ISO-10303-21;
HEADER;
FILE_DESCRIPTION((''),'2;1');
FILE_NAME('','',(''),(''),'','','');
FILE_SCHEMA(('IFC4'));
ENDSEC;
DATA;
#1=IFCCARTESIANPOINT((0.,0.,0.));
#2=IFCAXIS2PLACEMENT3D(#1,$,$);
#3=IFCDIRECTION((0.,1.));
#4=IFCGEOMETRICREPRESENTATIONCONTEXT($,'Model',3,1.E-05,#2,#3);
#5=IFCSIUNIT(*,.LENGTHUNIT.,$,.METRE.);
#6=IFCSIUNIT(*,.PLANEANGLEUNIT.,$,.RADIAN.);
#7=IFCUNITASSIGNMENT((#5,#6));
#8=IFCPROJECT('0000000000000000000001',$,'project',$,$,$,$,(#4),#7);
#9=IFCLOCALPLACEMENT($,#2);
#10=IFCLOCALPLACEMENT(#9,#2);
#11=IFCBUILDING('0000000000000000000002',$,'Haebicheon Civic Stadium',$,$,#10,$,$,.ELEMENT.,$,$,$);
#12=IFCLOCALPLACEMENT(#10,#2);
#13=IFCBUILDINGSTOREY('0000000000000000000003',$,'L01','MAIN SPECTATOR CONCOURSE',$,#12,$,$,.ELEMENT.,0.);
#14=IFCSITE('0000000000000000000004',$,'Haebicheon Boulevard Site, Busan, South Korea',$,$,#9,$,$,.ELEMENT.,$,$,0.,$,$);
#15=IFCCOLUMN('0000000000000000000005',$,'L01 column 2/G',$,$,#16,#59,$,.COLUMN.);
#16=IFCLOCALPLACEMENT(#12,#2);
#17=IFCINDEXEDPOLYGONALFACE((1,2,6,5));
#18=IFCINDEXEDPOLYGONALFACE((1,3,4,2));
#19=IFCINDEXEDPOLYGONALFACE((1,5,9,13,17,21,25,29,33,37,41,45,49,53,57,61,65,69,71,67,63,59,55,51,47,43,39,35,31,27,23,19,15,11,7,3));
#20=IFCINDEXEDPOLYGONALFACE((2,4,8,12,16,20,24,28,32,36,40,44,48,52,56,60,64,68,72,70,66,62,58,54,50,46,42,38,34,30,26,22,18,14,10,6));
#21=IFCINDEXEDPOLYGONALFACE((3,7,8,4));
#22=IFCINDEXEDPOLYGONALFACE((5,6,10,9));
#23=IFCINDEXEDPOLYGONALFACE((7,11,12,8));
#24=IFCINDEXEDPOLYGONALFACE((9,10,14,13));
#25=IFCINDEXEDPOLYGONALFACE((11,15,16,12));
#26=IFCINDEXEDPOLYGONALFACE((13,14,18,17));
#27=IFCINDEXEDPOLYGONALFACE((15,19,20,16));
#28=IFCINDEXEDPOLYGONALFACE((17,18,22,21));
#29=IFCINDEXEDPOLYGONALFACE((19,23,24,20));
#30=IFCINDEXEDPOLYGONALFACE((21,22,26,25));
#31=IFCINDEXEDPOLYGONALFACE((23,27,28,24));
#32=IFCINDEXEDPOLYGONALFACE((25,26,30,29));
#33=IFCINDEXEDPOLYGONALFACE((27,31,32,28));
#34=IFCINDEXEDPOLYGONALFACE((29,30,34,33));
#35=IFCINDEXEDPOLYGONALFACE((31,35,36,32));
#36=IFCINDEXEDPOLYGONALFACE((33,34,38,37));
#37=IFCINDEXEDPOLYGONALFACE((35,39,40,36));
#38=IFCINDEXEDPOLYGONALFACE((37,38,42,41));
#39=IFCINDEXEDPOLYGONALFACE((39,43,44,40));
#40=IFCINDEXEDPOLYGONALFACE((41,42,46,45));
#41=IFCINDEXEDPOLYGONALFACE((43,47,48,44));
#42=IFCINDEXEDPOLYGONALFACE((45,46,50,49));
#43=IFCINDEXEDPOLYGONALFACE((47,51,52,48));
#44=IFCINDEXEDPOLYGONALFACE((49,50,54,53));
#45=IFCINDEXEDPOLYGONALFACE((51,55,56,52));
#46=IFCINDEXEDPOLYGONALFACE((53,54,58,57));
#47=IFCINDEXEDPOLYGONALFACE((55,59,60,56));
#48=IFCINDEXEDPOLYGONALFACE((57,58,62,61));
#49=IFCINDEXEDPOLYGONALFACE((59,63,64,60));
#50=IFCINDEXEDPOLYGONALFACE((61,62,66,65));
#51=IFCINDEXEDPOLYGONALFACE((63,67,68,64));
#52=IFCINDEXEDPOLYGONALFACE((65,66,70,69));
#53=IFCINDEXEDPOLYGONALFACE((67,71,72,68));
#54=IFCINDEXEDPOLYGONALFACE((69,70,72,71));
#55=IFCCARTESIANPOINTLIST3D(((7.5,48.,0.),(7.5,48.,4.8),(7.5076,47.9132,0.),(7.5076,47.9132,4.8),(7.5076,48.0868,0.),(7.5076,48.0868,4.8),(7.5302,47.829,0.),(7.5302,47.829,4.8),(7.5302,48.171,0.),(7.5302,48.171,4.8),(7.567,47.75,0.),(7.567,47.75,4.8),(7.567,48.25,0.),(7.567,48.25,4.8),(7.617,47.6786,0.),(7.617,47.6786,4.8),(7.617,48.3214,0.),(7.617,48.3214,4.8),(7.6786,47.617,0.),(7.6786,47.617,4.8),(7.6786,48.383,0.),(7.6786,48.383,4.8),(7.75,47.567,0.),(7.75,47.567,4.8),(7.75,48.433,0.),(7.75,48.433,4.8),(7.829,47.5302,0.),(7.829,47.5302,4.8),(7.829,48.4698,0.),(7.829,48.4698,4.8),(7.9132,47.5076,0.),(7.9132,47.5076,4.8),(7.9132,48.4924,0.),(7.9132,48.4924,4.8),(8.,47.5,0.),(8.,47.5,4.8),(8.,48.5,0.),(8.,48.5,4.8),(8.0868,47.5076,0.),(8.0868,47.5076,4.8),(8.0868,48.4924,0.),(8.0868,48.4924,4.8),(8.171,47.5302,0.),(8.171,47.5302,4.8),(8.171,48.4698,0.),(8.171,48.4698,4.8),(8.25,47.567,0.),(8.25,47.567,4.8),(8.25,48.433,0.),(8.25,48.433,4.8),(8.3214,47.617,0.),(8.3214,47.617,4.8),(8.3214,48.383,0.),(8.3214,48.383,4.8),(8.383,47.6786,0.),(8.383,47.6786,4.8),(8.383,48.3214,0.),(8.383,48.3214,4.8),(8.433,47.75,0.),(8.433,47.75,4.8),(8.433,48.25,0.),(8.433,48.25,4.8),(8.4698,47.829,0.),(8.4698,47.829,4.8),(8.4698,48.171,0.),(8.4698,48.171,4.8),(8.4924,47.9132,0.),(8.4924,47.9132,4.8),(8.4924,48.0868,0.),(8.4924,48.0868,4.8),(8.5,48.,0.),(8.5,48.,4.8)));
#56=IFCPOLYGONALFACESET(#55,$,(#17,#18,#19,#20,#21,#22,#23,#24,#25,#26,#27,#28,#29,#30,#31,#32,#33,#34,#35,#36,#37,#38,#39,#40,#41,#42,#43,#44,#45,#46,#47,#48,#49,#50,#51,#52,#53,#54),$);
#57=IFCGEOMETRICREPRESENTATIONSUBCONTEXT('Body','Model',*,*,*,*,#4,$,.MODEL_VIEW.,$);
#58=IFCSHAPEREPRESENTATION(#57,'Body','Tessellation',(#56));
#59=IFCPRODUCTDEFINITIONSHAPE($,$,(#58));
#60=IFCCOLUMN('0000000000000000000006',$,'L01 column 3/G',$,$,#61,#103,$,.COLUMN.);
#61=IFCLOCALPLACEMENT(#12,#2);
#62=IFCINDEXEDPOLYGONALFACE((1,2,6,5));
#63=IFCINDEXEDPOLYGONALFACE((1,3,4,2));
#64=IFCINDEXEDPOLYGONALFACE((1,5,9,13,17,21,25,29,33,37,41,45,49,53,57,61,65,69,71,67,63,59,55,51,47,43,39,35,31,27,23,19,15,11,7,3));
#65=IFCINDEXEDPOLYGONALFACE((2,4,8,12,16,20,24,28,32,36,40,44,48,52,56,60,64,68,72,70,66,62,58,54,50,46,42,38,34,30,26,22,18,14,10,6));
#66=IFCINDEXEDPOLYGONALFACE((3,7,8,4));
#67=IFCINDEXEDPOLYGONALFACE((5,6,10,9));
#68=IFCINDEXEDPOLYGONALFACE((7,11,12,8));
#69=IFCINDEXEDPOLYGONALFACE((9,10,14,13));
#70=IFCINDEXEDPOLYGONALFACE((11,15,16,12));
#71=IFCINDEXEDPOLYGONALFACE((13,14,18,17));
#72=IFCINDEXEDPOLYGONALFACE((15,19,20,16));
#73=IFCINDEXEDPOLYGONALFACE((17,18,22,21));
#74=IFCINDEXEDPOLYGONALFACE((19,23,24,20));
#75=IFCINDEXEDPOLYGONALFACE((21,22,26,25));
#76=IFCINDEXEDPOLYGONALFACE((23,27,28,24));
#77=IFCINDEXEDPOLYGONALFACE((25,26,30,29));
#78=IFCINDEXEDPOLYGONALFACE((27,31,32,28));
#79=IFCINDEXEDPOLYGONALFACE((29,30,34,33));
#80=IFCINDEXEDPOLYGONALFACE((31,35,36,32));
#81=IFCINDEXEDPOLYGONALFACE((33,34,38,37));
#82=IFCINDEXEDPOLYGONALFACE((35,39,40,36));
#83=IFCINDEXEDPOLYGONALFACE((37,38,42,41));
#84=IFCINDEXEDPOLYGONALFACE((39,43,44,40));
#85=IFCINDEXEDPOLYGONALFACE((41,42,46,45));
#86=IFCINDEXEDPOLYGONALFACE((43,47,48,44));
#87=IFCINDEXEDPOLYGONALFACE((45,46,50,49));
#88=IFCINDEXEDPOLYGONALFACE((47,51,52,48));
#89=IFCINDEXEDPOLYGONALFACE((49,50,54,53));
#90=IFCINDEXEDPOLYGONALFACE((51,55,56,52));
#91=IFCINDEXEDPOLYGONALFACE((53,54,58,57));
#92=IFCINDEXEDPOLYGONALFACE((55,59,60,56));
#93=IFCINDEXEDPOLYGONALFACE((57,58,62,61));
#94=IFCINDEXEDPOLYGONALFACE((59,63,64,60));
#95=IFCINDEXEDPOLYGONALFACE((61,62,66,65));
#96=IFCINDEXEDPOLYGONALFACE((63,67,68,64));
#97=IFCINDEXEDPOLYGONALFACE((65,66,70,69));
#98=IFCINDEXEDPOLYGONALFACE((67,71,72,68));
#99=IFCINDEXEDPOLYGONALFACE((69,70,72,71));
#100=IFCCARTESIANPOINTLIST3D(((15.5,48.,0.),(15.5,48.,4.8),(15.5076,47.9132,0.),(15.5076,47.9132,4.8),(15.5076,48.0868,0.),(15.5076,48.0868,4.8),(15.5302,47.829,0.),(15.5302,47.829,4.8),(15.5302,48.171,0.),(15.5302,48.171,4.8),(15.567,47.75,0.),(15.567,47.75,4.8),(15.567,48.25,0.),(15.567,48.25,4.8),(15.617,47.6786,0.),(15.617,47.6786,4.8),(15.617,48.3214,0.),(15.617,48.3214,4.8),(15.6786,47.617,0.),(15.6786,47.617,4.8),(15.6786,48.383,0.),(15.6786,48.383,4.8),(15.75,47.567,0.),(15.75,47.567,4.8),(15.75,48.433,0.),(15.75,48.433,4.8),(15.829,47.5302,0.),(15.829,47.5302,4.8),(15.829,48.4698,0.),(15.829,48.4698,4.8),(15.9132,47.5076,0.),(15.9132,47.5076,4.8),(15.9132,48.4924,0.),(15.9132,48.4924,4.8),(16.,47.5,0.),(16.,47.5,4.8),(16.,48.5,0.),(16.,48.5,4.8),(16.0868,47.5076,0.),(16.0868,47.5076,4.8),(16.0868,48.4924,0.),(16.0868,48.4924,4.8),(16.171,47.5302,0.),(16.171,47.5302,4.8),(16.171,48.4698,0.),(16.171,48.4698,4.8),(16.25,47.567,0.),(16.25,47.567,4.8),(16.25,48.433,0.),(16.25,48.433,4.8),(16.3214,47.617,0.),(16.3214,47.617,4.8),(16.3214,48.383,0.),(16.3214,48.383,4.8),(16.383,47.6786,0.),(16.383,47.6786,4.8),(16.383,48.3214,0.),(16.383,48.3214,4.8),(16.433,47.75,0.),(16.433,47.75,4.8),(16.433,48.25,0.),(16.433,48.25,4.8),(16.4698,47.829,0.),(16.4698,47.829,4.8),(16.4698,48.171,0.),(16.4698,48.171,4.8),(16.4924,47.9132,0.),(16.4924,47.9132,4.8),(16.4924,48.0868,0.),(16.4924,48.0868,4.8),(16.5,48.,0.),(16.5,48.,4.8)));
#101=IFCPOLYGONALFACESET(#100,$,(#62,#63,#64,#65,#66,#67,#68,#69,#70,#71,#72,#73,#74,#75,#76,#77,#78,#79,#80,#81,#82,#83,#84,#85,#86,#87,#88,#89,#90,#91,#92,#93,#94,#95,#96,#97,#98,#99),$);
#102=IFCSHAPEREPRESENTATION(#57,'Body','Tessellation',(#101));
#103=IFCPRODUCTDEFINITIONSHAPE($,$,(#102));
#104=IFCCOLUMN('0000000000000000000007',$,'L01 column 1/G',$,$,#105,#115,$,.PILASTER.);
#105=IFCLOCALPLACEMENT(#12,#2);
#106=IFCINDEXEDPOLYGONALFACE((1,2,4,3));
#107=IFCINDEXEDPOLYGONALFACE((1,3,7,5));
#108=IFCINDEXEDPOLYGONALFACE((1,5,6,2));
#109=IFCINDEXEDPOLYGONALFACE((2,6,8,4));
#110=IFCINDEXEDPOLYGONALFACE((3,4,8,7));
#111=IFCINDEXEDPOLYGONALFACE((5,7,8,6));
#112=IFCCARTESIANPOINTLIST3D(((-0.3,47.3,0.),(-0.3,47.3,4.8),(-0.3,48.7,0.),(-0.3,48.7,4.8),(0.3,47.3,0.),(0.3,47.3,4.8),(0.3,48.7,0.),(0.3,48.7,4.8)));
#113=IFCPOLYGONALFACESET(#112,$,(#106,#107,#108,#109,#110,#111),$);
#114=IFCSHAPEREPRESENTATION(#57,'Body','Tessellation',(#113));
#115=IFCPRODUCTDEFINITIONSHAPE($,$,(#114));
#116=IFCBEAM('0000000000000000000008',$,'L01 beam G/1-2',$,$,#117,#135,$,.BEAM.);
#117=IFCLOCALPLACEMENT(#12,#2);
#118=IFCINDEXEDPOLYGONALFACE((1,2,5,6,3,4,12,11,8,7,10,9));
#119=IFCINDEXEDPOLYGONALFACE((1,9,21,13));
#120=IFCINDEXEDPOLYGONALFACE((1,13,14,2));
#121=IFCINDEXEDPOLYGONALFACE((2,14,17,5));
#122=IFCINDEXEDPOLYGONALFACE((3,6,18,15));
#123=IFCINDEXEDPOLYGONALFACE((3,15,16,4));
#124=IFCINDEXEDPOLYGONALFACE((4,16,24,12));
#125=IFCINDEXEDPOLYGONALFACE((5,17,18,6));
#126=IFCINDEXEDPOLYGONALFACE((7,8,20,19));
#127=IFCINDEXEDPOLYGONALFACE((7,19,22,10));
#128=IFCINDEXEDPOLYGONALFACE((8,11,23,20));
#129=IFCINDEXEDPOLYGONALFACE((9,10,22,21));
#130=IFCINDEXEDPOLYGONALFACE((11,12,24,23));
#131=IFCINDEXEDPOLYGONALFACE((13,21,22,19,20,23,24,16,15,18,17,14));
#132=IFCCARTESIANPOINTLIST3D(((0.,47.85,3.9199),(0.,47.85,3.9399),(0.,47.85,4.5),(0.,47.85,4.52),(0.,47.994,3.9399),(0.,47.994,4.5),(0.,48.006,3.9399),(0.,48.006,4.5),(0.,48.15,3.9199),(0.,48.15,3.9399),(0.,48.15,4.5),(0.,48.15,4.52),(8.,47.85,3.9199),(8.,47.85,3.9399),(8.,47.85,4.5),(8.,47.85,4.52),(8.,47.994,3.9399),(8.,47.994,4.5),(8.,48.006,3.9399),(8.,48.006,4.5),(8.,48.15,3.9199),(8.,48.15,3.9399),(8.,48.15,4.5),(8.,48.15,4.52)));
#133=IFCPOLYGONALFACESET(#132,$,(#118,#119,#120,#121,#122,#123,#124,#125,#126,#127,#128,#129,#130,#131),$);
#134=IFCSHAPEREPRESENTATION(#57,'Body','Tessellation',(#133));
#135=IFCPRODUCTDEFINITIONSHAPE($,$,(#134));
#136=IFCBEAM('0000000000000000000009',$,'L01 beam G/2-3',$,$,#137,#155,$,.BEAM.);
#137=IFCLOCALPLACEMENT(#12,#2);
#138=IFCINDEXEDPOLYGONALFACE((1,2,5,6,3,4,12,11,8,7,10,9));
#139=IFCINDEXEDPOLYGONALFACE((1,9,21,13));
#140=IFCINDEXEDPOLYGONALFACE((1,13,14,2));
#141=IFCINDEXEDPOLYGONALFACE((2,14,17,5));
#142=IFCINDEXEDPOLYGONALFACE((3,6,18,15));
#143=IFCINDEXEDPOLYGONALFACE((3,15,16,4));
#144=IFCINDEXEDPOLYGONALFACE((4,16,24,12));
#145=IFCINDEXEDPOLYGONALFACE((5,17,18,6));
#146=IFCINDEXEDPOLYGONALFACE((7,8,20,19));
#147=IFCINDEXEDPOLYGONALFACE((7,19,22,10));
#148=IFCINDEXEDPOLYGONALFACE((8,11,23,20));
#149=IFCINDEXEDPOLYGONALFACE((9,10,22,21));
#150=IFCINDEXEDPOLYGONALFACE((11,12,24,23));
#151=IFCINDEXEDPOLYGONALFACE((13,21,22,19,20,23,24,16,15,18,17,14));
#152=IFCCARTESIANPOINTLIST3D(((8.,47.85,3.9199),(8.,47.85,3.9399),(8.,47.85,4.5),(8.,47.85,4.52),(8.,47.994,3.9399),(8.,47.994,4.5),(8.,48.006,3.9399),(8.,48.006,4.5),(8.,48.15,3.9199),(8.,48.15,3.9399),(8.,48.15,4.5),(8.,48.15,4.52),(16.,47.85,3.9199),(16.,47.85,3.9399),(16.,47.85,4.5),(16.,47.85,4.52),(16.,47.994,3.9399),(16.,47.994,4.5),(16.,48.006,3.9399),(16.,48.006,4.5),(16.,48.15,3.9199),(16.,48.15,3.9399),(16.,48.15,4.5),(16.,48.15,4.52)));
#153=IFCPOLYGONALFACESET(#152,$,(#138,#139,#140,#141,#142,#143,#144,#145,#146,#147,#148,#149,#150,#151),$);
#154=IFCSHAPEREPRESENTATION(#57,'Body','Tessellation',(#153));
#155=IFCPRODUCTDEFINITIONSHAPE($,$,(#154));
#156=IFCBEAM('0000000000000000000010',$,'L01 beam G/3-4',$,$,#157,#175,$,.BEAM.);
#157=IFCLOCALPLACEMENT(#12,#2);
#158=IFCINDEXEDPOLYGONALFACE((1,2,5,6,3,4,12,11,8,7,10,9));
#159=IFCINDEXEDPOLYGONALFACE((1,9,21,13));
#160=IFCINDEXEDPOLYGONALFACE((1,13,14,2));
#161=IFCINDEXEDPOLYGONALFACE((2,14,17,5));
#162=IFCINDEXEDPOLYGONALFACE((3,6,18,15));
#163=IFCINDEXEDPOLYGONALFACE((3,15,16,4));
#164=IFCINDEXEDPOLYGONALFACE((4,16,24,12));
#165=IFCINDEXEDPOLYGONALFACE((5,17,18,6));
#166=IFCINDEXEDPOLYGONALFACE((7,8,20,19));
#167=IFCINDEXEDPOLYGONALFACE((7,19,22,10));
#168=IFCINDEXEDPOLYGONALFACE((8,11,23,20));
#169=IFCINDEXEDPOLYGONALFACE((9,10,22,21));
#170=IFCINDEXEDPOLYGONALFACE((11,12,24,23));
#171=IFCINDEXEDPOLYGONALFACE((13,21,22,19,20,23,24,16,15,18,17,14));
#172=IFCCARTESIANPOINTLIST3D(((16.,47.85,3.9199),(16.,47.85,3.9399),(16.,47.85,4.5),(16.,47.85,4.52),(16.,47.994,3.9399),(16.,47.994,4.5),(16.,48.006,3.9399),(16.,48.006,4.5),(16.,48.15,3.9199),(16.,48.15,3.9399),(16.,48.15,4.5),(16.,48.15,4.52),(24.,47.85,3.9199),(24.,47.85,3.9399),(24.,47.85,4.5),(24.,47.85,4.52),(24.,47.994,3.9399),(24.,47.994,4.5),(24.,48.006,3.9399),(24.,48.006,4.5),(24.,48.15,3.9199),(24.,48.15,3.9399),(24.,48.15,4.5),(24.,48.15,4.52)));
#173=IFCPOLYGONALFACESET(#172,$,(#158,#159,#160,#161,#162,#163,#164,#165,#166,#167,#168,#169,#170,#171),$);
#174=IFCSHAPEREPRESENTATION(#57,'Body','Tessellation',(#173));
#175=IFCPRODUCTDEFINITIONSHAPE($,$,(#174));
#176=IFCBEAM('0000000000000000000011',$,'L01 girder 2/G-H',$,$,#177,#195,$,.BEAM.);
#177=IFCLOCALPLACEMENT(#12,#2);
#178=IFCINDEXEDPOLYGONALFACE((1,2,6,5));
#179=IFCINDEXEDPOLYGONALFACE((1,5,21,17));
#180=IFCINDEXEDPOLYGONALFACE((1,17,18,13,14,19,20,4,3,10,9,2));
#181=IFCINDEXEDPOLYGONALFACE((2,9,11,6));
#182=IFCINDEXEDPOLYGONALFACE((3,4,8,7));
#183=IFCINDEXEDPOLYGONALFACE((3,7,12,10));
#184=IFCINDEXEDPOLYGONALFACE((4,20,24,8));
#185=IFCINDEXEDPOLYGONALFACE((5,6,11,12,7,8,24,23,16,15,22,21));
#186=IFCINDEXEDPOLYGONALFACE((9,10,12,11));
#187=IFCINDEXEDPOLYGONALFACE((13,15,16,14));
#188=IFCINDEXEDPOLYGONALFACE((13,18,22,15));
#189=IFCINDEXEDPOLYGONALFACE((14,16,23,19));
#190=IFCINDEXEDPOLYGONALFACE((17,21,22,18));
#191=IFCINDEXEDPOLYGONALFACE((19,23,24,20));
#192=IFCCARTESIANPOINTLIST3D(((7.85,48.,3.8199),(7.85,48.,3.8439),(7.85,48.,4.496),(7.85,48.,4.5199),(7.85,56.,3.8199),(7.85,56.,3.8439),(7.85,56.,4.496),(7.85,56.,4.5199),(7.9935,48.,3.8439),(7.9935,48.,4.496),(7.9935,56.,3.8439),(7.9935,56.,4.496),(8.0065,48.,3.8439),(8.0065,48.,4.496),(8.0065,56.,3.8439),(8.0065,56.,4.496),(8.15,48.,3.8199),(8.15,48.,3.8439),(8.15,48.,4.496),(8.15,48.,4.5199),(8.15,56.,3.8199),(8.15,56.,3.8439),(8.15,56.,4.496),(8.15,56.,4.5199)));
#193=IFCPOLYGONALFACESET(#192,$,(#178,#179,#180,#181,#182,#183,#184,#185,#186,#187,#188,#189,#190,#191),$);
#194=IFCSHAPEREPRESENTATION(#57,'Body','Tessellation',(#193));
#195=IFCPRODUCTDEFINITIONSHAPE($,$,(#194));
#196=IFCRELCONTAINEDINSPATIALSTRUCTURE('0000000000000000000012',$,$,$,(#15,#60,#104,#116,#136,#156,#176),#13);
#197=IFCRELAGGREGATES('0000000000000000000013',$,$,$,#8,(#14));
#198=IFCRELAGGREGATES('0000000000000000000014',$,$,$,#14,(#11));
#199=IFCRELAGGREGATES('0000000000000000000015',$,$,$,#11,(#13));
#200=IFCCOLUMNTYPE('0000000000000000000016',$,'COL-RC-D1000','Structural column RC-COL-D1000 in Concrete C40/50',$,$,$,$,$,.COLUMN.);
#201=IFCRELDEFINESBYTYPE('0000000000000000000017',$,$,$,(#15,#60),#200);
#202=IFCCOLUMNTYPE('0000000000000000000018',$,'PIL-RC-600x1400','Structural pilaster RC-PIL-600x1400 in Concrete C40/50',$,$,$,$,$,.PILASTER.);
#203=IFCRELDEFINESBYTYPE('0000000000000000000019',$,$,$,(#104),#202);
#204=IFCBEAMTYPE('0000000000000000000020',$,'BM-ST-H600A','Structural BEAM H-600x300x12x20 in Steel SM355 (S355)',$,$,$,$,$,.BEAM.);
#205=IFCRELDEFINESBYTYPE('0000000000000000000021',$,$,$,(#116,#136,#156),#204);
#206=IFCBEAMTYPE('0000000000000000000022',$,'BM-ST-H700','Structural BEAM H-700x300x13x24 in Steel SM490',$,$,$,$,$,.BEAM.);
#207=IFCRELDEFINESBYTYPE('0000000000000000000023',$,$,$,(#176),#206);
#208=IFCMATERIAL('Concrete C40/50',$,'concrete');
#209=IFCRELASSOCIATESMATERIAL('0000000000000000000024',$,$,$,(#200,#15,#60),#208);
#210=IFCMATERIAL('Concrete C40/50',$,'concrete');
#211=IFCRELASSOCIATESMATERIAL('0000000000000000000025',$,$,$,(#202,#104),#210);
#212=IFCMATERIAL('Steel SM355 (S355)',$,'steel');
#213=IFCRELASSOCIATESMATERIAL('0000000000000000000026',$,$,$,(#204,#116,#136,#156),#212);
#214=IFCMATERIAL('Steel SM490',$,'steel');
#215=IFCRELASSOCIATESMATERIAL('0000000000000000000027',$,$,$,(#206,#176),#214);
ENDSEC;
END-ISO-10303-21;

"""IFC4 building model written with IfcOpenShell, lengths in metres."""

from ifc_helpers import new_model, si_unit, direction, frame, origin, origin_2d, place, context, subcontext, project, spatial, rectangle, circle, i_section, extrude, material, material_profile, profile_set, type_object, element, save


model = new_model("IFC4")

# Units and contexts
model_context = context("Model", 3, precision=1e-05, world=origin(), true_north=direction((0.0, 1.0)))
body_context = subcontext(model_context, "Body", "Model", "MODEL_VIEW")
ifc_project = project(units=[si_unit("LENGTHUNIT", "METRE"), si_unit("PLANEANGLEUNIT", "RADIAN")], contexts=[model_context])

# Site, building, storey
site_placement = place(None, origin())
site = spatial("IfcSite", under=ifc_project, at=site_placement, Name="Haebicheon Boulevard Site, Busan, South Korea", CompositionType="ELEMENT", RefElevation=0.0)
building_placement = place(site_placement, origin())
building = spatial("IfcBuilding", under=site, at=building_placement, Name="Haebicheon Civic Stadium", CompositionType="ELEMENT")
storey_placement = place(building_placement, origin())
storey = spatial("IfcBuildingStorey", under=building, at=storey_placement, Name="L01", Description="MAIN SPECTATOR CONCOURSE", CompositionType="ELEMENT", Elevation=0.0)

# Columns
ifc_material_1 = material(Name="Concrete C40/50", Category="concrete")
ifc_material_profile_1 = material_profile(ifc_material_1, circle(Radius=0.5, at=origin_2d()), Name="RC-COL-D1000")
ifc_profile_set_1 = profile_set([ifc_material_profile_1], Name="Concrete C40/50")
column_type_1 = type_object("IfcColumnType", Name="COL-RC-D1000", Description="Structural column RC-COL-D1000 in Concrete C40/50", PredefinedType="COLUMN", material=ifc_profile_set_1)
for number, where, z_axis, x_axis, name in (
    (1, (8.0, 48.0, 0.0), (0.0, 0.0, 1.0), (1.0, 0.0, 0.0), "L01 column 2/G"),
    (2, (16.0, 48.0, 0.0), (0.0, 0.0, 1.0), (1.0, 0.0, 0.0), "L01 column 3/G"),
):
    element("IfcColumn", number, at=place(storey_placement, frame(where, z_axis=z_axis, x_axis=x_axis)), inside=storey, type_object=column_type_1, material=ifc_profile_set_1, Name=name, PredefinedType="COLUMN", context=body_context, shape_type="SweptSolid", body=[
        extrude(circle(Radius=0.5, at=origin_2d()), origin(), (0.0, 0.0, 1.0), 4.8),
    ])
ifc_material_2 = material(Name="Concrete C40/50", Category="concrete")
ifc_material_profile_2 = material_profile(ifc_material_2, rectangle(XDim=0.6001, YDim=1.3999, at=origin_2d()), Name="RC-PIL-600x1400")
ifc_profile_set_2 = profile_set([ifc_material_profile_2], Name="Concrete C40/50")
column_type_2 = type_object("IfcColumnType", Name="PIL-RC-600x1400", Description="Structural pilaster RC-PIL-600x1400 in Concrete C40/50", PredefinedType="PILASTER", material=ifc_profile_set_2)
column_placement = place(storey_placement, frame((0.0, 48.0, 0.0), z_axis=(0.0, 0.0, 1.0), x_axis=(1.0, 0.0, 0.0)))
element("IfcColumn", 3, at=column_placement, inside=storey, type_object=column_type_2, material=ifc_profile_set_2, Name="L01 column 1/G", PredefinedType="PILASTER", context=body_context, shape_type="SweptSolid", body=[
    extrude(rectangle(XDim=0.6001, YDim=1.3999, at=origin_2d()), origin(), (0.0, 0.0, 1.0), 4.8),
])

# Beams
ifc_material_3 = material(Name="Steel SM355 (S355)", Category="steel")
ifc_material_profile_3 = material_profile(ifc_material_3, i_section(OverallWidth=0.3, OverallDepth=0.6001, WebThickness=0.012, FlangeThickness=0.02, at=origin_2d()), Name="H-600x300x12x20")
ifc_profile_set_3 = profile_set([ifc_material_profile_3], Name="Steel SM355 (S355)")
beam_type_1 = type_object("IfcBeamType", Name="BM-ST-H600A", Description="Structural BEAM H-600x300x12x20 in Steel SM355 (S355)", PredefinedType="BEAM", material=ifc_profile_set_3)
for number, where, z_axis, x_axis, name in (
    (4, (0.0, 48.0, 4.22), (1.0, 0.0, 0.0), (0.0, 1.0, 0.0), "L01 beam G/1-2"),
    (5, (8.0, 48.0, 4.22), (1.0, 0.0, 0.0), (0.0, 1.0, 0.0), "L01 beam G/2-3"),
    (6, (16.0, 48.0, 4.22), (1.0, 0.0, 0.0), (0.0, 1.0, 0.0), "L01 beam G/3-4"),
):
    element("IfcBeam", number, at=place(storey_placement, frame(where, z_axis=z_axis, x_axis=x_axis)), inside=storey, type_object=beam_type_1, material=ifc_profile_set_3, Name=name, PredefinedType="BEAM", context=body_context, shape_type="SweptSolid", body=[
        extrude(i_section(OverallWidth=0.3, OverallDepth=0.6001, WebThickness=0.012, FlangeThickness=0.02, at=origin_2d()), origin(), (0.0, 0.0, 1.0), 8.0),
    ])
ifc_material_4 = material(Name="Steel SM490", Category="steel")
ifc_material_profile_4 = material_profile(ifc_material_4, i_section(OverallWidth=0.3, OverallDepth=0.7, WebThickness=0.0129, FlangeThickness=0.0239, at=origin_2d()), Name="H-700x300x13x24")
ifc_profile_set_4 = profile_set([ifc_material_profile_4], Name="Steel SM490")
beam_type_2 = type_object("IfcBeamType", Name="BM-ST-H700", Description="Structural BEAM H-700x300x13x24 in Steel SM490", PredefinedType="BEAM", material=ifc_profile_set_4)
for number, where, z_axis, x_axis, name in (
    (7, (8.0, 48.0, 4.1699), (0.0, 1.0, 0.0), (-1.0, 0.0, 0.0), "L01 girder 2/G-H"),
):
    element("IfcBeam", number, at=place(storey_placement, frame(where, z_axis=z_axis, x_axis=x_axis)), inside=storey, type_object=beam_type_2, material=ifc_profile_set_4, Name=name, PredefinedType="BEAM", context=body_context, shape_type="SweptSolid", body=[
        extrude(i_section(OverallWidth=0.3, OverallDepth=0.7, WebThickness=0.0129, FlangeThickness=0.0239, at=origin_2d()), origin(), (0.0, 0.0, 1.0), 8.0),
    ])

save(model, "model.ifc")
